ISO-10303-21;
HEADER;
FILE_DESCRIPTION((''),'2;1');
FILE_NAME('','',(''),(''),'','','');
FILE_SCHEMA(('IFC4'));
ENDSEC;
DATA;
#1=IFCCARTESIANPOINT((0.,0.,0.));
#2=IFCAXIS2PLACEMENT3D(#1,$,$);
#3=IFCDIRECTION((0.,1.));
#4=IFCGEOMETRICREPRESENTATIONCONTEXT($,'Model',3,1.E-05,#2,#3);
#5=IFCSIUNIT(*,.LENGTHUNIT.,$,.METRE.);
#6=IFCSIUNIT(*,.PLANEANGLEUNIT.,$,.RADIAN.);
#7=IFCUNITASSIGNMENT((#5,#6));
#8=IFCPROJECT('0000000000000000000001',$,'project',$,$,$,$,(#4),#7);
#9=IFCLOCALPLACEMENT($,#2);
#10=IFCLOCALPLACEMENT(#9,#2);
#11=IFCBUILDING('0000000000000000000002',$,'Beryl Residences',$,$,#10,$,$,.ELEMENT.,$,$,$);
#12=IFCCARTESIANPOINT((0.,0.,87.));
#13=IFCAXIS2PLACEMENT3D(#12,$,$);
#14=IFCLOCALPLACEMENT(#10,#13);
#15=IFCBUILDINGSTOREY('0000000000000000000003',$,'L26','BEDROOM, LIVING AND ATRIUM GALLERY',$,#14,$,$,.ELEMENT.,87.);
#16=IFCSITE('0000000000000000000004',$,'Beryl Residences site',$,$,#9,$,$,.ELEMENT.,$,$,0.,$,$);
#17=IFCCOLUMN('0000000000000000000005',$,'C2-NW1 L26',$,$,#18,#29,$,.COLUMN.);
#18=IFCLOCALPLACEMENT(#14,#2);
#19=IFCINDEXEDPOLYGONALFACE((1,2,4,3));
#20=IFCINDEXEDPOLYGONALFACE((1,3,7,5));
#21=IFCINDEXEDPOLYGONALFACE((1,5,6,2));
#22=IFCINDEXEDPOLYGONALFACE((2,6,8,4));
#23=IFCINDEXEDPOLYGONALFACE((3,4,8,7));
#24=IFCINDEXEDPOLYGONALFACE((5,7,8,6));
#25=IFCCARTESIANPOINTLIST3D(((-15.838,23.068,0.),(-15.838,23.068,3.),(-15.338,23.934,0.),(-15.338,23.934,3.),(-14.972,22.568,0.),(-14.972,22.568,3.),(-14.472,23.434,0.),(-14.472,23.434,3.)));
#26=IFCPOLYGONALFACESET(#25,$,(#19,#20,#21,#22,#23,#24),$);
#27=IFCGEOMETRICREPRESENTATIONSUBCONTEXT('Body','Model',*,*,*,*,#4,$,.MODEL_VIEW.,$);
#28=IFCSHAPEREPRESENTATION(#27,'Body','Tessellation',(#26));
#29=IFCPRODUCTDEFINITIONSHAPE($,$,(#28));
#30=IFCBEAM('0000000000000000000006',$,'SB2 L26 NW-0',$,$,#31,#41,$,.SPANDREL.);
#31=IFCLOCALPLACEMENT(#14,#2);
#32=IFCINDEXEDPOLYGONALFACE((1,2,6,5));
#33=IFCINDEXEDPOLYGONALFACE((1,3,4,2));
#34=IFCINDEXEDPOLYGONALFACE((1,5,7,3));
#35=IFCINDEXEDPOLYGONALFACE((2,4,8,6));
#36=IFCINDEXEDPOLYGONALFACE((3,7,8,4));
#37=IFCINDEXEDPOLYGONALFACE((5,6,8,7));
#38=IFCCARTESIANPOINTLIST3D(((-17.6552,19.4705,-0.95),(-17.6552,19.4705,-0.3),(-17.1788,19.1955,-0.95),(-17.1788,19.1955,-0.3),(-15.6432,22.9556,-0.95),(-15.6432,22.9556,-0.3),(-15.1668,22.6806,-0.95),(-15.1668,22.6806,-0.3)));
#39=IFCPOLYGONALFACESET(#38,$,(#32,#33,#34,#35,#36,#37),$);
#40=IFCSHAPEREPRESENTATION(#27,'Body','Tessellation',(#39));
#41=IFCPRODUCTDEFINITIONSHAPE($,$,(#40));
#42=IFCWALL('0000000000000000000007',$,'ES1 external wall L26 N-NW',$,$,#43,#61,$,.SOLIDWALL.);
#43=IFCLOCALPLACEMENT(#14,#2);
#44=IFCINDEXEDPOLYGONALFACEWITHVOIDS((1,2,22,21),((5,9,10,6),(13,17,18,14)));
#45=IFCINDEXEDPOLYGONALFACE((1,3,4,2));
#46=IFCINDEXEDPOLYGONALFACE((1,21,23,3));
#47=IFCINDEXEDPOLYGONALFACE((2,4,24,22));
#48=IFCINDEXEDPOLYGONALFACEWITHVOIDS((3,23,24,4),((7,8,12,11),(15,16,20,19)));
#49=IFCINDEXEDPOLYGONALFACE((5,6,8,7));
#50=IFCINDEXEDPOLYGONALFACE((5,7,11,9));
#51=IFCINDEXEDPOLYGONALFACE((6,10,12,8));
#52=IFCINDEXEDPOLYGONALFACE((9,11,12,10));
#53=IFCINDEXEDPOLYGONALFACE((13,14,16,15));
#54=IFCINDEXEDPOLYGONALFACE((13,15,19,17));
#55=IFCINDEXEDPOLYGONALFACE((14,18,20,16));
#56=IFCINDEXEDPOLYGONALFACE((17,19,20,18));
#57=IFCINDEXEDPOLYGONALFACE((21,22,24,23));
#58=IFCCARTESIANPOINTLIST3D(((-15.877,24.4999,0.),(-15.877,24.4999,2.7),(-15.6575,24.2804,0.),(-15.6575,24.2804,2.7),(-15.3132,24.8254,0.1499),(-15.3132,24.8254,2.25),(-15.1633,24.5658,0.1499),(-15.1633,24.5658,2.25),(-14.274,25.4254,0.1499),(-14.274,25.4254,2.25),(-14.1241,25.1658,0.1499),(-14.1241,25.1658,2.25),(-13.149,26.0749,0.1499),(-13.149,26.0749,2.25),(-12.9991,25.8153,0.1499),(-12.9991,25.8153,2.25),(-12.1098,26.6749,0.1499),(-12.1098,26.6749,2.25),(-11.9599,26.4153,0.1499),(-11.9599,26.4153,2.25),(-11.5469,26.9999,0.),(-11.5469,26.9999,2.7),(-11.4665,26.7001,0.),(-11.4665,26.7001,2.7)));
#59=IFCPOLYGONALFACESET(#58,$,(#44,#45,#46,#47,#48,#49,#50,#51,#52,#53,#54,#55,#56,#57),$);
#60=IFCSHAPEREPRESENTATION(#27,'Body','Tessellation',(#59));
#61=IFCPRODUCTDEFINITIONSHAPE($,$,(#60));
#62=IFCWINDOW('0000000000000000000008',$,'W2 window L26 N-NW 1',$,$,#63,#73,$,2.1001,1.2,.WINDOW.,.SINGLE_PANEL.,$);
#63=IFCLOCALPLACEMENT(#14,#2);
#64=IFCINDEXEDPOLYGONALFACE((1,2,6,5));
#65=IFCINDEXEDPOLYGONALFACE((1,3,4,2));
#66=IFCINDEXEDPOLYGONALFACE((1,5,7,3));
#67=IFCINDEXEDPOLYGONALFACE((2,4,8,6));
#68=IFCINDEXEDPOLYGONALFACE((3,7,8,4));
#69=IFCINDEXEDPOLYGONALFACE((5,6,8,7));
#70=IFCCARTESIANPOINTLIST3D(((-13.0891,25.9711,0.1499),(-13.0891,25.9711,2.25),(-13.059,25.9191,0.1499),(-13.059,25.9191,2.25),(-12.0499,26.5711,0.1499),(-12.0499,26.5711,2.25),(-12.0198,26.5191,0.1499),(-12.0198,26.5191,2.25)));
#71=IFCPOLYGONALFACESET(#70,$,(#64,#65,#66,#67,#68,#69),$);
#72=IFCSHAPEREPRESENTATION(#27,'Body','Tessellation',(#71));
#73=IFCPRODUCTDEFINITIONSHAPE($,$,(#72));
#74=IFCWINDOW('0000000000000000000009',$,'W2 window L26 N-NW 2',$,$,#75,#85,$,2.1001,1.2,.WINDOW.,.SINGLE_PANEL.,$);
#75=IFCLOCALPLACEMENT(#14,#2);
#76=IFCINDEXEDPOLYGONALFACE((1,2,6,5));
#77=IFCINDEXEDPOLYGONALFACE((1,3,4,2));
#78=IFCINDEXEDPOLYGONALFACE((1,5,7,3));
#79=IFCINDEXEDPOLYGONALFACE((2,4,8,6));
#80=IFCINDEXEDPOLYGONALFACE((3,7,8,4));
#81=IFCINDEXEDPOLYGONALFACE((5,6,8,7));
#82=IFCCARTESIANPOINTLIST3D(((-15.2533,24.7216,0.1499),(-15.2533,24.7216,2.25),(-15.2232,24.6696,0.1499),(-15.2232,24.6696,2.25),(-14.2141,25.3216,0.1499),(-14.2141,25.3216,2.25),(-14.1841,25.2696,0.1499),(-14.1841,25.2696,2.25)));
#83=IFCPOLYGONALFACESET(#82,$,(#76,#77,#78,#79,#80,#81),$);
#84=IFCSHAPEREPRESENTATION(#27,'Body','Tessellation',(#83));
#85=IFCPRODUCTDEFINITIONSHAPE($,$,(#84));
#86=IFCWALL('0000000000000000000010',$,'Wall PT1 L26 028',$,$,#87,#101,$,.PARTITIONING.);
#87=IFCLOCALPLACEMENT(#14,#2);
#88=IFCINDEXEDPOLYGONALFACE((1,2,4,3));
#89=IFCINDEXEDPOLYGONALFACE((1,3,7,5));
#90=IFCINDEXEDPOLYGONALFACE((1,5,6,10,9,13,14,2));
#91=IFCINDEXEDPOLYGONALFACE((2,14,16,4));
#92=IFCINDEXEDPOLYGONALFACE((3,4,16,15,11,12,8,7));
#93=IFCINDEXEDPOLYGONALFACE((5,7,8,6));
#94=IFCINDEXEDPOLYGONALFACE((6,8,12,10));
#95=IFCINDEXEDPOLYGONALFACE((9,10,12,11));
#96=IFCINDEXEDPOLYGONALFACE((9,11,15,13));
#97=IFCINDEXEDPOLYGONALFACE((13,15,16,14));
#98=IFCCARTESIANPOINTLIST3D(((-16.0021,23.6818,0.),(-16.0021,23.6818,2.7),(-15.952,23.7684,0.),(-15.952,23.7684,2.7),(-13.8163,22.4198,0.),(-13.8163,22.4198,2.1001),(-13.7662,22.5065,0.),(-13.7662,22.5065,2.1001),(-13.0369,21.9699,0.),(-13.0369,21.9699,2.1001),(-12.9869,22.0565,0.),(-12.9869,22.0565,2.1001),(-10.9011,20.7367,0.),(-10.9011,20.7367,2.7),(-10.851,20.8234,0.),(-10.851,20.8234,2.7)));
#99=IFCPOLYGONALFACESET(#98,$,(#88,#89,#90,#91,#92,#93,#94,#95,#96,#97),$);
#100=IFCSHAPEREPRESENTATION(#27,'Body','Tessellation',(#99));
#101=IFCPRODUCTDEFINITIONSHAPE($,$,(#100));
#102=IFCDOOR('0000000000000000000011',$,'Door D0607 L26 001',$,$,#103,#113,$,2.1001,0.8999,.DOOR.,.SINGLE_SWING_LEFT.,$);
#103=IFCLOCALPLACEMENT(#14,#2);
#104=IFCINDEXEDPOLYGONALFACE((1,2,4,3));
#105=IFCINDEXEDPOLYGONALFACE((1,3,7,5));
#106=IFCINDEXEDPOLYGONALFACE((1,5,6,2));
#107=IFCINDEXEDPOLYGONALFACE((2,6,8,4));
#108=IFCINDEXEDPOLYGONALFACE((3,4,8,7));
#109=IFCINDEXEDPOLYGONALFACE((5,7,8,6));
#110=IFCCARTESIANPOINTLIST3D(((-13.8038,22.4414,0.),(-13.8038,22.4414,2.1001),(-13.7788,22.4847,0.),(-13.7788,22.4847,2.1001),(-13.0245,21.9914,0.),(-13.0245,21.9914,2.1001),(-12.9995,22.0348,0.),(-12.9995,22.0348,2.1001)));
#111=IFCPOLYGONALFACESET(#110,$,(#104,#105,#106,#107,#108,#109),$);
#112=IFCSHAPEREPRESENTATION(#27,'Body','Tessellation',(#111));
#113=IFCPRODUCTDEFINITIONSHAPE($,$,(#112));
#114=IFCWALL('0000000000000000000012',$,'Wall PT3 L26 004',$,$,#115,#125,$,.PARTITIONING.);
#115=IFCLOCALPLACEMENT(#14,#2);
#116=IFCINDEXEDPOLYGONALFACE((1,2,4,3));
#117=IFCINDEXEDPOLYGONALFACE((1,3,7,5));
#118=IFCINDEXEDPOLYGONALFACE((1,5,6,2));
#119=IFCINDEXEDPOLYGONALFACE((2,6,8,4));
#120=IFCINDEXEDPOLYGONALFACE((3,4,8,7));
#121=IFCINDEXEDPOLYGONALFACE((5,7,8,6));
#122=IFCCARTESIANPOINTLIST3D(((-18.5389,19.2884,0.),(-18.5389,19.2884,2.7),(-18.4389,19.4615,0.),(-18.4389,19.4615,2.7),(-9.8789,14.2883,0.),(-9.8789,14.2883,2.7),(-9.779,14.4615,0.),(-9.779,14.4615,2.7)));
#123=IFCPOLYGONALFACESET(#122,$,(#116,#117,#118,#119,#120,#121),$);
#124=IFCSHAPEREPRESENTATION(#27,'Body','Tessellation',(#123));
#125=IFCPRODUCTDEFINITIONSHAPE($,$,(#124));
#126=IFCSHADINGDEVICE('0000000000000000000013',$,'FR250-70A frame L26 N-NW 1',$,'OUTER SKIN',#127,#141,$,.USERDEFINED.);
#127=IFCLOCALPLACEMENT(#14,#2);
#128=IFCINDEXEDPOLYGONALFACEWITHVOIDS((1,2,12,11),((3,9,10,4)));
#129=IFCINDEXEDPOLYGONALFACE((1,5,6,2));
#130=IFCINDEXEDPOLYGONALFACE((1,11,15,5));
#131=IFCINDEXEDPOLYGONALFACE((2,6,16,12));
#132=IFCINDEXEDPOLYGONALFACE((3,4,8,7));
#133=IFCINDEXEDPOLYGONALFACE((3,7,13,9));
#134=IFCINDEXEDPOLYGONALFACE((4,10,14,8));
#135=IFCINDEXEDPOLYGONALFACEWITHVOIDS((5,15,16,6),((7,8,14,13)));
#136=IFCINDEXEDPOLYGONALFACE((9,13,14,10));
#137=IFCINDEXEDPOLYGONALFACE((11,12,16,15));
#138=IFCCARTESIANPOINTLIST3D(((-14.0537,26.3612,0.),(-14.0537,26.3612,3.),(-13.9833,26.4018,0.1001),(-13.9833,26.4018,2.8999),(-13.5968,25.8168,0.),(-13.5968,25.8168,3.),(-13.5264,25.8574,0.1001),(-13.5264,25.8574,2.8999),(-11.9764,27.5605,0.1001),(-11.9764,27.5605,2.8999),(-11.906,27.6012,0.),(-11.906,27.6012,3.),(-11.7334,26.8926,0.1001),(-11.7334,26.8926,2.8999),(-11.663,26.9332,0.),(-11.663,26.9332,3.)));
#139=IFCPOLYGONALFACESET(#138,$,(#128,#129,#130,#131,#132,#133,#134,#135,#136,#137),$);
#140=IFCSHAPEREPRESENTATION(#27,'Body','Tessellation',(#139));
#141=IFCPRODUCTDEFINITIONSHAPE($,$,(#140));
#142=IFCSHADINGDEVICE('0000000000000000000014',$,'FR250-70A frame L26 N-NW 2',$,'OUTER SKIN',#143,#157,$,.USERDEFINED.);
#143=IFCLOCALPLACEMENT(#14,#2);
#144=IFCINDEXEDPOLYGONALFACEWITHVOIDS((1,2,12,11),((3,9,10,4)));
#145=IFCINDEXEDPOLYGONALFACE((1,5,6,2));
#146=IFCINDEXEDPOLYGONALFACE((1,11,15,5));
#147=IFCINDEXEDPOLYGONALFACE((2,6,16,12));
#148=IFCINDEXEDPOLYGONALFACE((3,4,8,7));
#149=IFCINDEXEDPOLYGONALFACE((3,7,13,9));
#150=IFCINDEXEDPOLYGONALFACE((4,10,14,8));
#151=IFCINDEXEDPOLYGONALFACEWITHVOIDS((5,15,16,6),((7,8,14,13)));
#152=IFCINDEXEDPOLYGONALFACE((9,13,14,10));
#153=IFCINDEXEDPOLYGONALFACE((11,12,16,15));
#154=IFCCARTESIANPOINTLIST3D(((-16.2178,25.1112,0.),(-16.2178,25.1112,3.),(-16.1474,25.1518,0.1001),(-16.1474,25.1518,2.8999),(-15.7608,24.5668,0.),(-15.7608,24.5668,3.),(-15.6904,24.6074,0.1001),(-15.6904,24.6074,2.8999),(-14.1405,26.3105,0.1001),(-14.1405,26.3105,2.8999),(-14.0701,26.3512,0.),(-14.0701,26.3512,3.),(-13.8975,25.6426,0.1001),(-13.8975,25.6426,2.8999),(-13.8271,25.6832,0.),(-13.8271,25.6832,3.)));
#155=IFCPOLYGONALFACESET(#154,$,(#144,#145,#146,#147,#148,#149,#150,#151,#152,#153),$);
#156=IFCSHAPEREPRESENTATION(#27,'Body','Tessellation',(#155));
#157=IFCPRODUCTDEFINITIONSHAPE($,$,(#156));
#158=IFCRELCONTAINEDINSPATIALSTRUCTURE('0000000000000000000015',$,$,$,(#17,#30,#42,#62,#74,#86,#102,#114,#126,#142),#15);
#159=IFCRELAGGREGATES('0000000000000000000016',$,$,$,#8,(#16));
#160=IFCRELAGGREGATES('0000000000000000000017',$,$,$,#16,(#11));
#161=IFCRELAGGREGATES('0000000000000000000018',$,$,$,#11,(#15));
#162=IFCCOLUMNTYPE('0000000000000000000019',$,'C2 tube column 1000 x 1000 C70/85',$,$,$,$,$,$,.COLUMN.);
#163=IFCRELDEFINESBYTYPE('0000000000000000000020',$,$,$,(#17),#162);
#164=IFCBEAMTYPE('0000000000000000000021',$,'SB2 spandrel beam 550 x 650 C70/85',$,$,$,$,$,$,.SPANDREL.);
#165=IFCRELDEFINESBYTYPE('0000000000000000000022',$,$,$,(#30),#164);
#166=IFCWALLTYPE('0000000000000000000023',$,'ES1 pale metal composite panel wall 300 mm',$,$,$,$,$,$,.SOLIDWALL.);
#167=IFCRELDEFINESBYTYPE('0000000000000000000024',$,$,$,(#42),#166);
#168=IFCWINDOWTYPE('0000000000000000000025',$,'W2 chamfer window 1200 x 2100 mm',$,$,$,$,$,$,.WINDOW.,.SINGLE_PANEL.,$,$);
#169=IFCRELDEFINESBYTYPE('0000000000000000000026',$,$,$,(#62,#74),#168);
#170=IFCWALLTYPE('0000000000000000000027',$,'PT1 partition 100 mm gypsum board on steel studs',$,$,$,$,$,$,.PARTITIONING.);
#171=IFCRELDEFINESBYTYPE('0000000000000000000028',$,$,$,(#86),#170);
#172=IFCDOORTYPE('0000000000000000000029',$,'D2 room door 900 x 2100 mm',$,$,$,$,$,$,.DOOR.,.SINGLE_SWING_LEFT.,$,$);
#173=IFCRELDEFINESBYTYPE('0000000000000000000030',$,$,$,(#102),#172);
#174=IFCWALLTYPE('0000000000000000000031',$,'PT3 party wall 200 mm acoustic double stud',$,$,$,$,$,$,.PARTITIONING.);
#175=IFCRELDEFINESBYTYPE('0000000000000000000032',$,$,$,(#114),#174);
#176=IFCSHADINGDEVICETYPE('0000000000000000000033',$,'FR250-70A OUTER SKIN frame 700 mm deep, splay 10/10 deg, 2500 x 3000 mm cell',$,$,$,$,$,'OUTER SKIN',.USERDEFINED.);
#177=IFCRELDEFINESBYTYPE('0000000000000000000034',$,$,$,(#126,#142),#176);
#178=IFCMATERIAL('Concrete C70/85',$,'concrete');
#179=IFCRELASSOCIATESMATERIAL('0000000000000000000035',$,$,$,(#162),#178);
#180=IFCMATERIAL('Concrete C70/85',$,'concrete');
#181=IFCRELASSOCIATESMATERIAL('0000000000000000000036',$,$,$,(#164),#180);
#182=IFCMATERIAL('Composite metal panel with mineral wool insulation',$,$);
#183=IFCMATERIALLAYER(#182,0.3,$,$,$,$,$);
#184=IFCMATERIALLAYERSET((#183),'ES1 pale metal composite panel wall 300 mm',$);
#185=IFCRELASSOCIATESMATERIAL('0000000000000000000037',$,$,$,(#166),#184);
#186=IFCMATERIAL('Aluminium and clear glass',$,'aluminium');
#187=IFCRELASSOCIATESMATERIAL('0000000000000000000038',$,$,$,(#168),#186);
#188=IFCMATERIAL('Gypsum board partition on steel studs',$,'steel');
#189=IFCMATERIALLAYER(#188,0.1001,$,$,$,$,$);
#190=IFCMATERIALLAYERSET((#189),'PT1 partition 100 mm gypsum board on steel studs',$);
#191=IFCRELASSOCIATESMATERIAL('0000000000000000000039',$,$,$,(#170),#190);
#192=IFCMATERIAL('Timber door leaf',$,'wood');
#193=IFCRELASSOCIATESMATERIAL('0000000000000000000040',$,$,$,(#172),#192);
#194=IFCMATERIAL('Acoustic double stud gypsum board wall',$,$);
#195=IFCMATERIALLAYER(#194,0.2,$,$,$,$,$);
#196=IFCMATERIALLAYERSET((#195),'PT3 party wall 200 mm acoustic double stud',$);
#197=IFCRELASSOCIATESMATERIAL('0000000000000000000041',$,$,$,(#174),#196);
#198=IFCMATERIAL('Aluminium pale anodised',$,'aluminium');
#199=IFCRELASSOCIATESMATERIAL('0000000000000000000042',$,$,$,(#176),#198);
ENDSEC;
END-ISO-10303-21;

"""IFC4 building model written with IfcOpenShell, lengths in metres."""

from ifc_helpers import new_model, entity, si_unit, direction, frame, frame_2d, origin, origin_2d, place, context, subcontext, project, spatial, polyline, rectangle, outline, extrude, source, transform, mapped, material, layer, layer_set, material_profile, profile_set, type_object, type_shapes, element, fill, save


model = new_model("IFC4")

# Units and contexts
model_context = context("Model", 3, precision=1e-05, world=origin(), true_north=direction((0.0, 1.0)))
body_context = subcontext(model_context, "Body", "Model", "MODEL_VIEW")
ifc_project = project(units=[si_unit("LENGTHUNIT", "METRE"), si_unit("PLANEANGLEUNIT", "RADIAN")], contexts=[model_context])

# Site, building, storey
site_placement = place(None, origin())
site = spatial("IfcSite", under=ifc_project, at=site_placement, Name="Beryl Residences site", CompositionType="ELEMENT", RefElevation=0.0)
building_placement = place(site_placement, origin())
building = spatial("IfcBuilding", under=site, at=building_placement, Name="Beryl Residences", CompositionType="ELEMENT")
storey_placement = place(building_placement, frame((0.0, 0.0, 87.0)))
storey = spatial("IfcBuildingStorey", under=building, at=storey_placement, Name="L26", Description="BEDROOM, LIVING AND ATRIUM GALLERY", CompositionType="ELEMENT", Elevation=87.0)

# Column
ifc_material_1 = material(Name="Concrete C70/85", Category="concrete")
ifc_material_profile_1 = material_profile(ifc_material_1, rectangle(XDim=1.0, YDim=1.0, at=origin_2d()))
ifc_profile_set_1 = profile_set([ifc_material_profile_1], Name="Concrete C70/85")
column_type = type_object("IfcColumnType", Name="C2 tube column 1000 x 1000 C70/85", PredefinedType="COLUMN", material=ifc_profile_set_1)
column_placement = place(storey_placement, frame((-15.155, 23.251, 0.0), z_axis=(0.0, 0.0, 1.0), x_axis=(-0.5, -0.866025, 0.0)))
element("IfcColumn", 1, at=column_placement, inside=storey, type_object=column_type, Name="C2-NW1 L26", PredefinedType="COLUMN", context=body_context, shape_type="SweptSolid", body=[
    extrude(rectangle(XDim=1.0, YDim=1.0, at=origin_2d()), origin(), (0.0, 0.0, 1.0), 3.0),
])

# Beam
ifc_material_2 = material(Name="Concrete C70/85", Category="concrete")
ifc_material_profile_2 = material_profile(ifc_material_2, rectangle(XDim=0.55, YDim=0.6499, at=origin_2d()))
ifc_profile_set_2 = profile_set([ifc_material_profile_2], Name="Concrete C70/85")
beam_type = type_object("IfcBeamType", Name="SB2 spandrel beam 550 x 650 C70/85", PredefinedType="SPANDREL", material=ifc_profile_set_2)
beam_placement = place(storey_placement, frame((-15.405, 22.8181, -0.625), z_axis=(-0.499969, -0.866043, 0.0), x_axis=(0.866043, -0.499969, 0.0)))
element("IfcBeam", 2, at=beam_placement, inside=storey, type_object=beam_type, Name="SB2 L26 NW-0", PredefinedType="SPANDREL", context=body_context, shape_type="SweptSolid", body=[
    extrude(rectangle(XDim=0.55, YDim=0.6499, at=origin_2d()), origin(), (0.0, 0.0, 1.0), 4.0242),
])

# Wall, openings, windows
ifc_material_3 = material(Name="Composite metal panel with mineral wool insulation")
ifc_layer_1 = layer(ifc_material_3, 0.3)
ifc_layer_set_1 = layer_set([ifc_layer_1], Name="ES1 pale metal composite panel wall 300 mm")
wall_type_1 = type_object("IfcWallType", Name="ES1 pale metal composite panel wall 300 mm", PredefinedType="SOLIDWALL", material=ifc_layer_set_1)
wall_1_placement = place(storey_placement, frame((-11.4719, 26.8701, 0.0), z_axis=(0.0, 0.0, 1.0), x_axis=(-0.866023, -0.500004, 0.0)))
wall_1 = element("IfcWall", 3, at=wall_1_placement, inside=storey, type_object=wall_type_1, Name="ES1 external wall L26 N-NW", PredefinedType="SOLIDWALL", context=body_context, shape_type="SweptSolid", body=[
    extrude(outline(polyline([(0.0, -0.1499), (5.0, -0.1499), (4.9197, 0.1499), (0.0803, 0.1499), (0.0, -0.1499)])), origin(), (0.0, 0.0, 1.0), 2.7),
])
opening_1_placement = place(wall_1_placement, frame((0.6499, 0.0, 0.1499)))
opening_1 = element("IfcOpeningElement", 4, at=opening_1_placement, cuts=wall_1, PredefinedType="OPENING", context=body_context, shape_type="SweptSolid", body=[
    extrude(rectangle(XDim=1.2, YDim=2.1001, at=frame_2d((0.6001, 1.05))), frame((0.0, 0.1599, 0.0), z_axis=(0.0, -1.0, 0.0), x_axis=(1.0, 0.0, 0.0)), (0.0, 0.0, 1.0), 0.3201),
])
opening_2_placement = place(wall_1_placement, frame((3.1489, 0.0, 0.1499)))
opening_2 = element("IfcOpeningElement", 5, at=opening_2_placement, cuts=wall_1, PredefinedType="OPENING", context=body_context, shape_type="SweptSolid", body=[
    extrude(rectangle(XDim=1.2, YDim=2.1001, at=frame_2d((0.6001, 1.05))), frame((0.0, 0.1599, 0.0), z_axis=(0.0, -1.0, 0.0), x_axis=(1.0, 0.0, 0.0)), (0.0, 0.0, 1.0), 0.3201),
])
ifc_material_4 = material(Name="Aluminium and clear glass", Category="aluminium")
window_type_1 = type_object("IfcWindowType", Name="W2 chamfer window 1200 x 2100 mm", PartitioningType="SINGLE_PANEL", PredefinedType="WINDOW", material=ifc_material_4)
window_1_placement = place(opening_1_placement, origin())
window_1 = element("IfcWindow", 6, at=window_1_placement, inside=storey, type_object=window_type_1, Name="W2 window L26 N-NW 1", OverallHeight=2.1001, OverallWidth=1.2, PartitioningType="SINGLE_PANEL", PredefinedType="WINDOW", context=body_context, shape_type="SweptSolid", body=[
    extrude(rectangle(XDim=1.2, YDim=2.1001, at=frame_2d((0.6001, 1.05))), frame((0.0, 0.03, 0.0), z_axis=(0.0, -1.0, 0.0), x_axis=(1.0, 0.0, 0.0)), (0.0, 0.0, 1.0), 0.0601),
])
fill(opening_1, window_1)
window_2_placement = place(opening_2_placement, origin())
window_2 = element("IfcWindow", 7, at=window_2_placement, inside=storey, type_object=window_type_1, Name="W2 window L26 N-NW 2", OverallHeight=2.1001, OverallWidth=1.2, PartitioningType="SINGLE_PANEL", PredefinedType="WINDOW", context=body_context, shape_type="SweptSolid", body=[
    extrude(rectangle(XDim=1.2, YDim=2.1001, at=frame_2d((0.6001, 1.05))), frame((0.0, 0.03, 0.0), z_axis=(0.0, -1.0, 0.0), x_axis=(1.0, 0.0, 0.0)), (0.0, 0.0, 1.0), 0.0601),
])
fill(opening_2, window_2)

# Wall, opening, door
ifc_material_5 = material(Name="Gypsum board partition on steel studs", Category="steel")
ifc_layer_2 = layer(ifc_material_5, 0.1001)
ifc_layer_set_2 = layer_set([ifc_layer_2], Name="PT1 partition 100 mm gypsum board on steel studs")
wall_type_2 = type_object("IfcWallType", Name="PT1 partition 100 mm gypsum board on steel studs", PredefinedType="PARTITIONING", material=ifc_layer_set_2)
wall_2_placement = place(storey_placement, frame((-15.9771, 23.7251, 0.0), z_axis=(0.0, 0.0, 1.0), x_axis=(0.866028, -0.499995, 0.0)))
wall_2 = element("IfcWall", 8, at=wall_2_placement, inside=storey, type_object=wall_type_2, Name="Wall PT1 L26 028", PredefinedType="PARTITIONING", context=body_context, shape_type="SweptSolid", body=[
    extrude(rectangle(XDim=5.8901, YDim=0.1001, at=frame_2d((2.9451, 0.0))), origin(), (0.0, 0.0, 1.0), 2.7),
])
opening_3_placement = place(wall_2_placement, frame((2.5239, 0.0, 0.0)))
opening_3 = element("IfcOpeningElement", 9, at=opening_3_placement, cuts=wall_2, PredefinedType="OPENING", context=body_context, shape_type="SweptSolid", body=[
    extrude(rectangle(XDim=0.8999, YDim=2.1001, at=frame_2d((0.45, 1.05))), frame((0.0, 0.0601, 0.0), z_axis=(0.0, -1.0, 0.0), x_axis=(1.0, 0.0, 0.0)), (0.0, 0.0, 1.0), 0.1201),
])
ifc_material_6 = material(Name="Timber door leaf", Category="wood")
door_type = type_object("IfcDoorType", Name="D2 room door 900 x 2100 mm", OperationType="SINGLE_SWING_LEFT", PredefinedType="DOOR", material=ifc_material_6)
door_placement = place(opening_3_placement, origin())
door = element("IfcDoor", 10, at=door_placement, inside=storey, type_object=door_type, Name="Door D0607 L26 001", OperationType="SINGLE_SWING_LEFT", OverallHeight=2.1001, OverallWidth=0.8999, PredefinedType="DOOR", context=body_context, shape_type="SweptSolid", body=[
    extrude(rectangle(XDim=0.8999, YDim=2.1001, at=frame_2d((0.45, 1.05))), frame((0.0, 0.0249, 0.0), z_axis=(0.0, -1.0, 0.0), x_axis=(1.0, 0.0, 0.0)), (0.0, 0.0, 1.0), 0.05),
])
fill(opening_3, door)

# Wall
ifc_material_7 = material(Name="Acoustic double stud gypsum board wall")
ifc_layer_3 = layer(ifc_material_7, 0.2)
ifc_layer_set_3 = layer_set([ifc_layer_3], Name="PT3 party wall 200 mm acoustic double stud")
wall_type_3 = type_object("IfcWallType", Name="PT3 party wall 200 mm acoustic double stud", PredefinedType="PARTITIONING", material=ifc_layer_set_3)
wall_3_placement = place(storey_placement, frame((-18.489, 19.375, 0.0), z_axis=(0.0, 0.0, 1.0), x_axis=(0.866017, -0.500015, 0.0)))
element("IfcWall", 11, at=wall_3_placement, inside=storey, type_object=wall_type_3, Name="Wall PT3 L26 004", PredefinedType="PARTITIONING", context=body_context, shape_type="SweptSolid", body=[
    extrude(rectangle(XDim=9.9998, YDim=0.2, at=frame_2d((5.0, 0.0))), origin(), (0.0, 0.0, 1.0), 2.7),
])

# Shading devices
ifc_material_8 = material(Name="Aluminium pale anodised", Category="aluminium")
shading_device_type_1 = type_object("IfcShadingDeviceType", Name="FR250-70A OUTER SKIN frame 700 mm deep, splay 10/10 deg, 2500 x 3000 mm cell", ElementType="OUTER SKIN", PredefinedType="USERDEFINED", material=ifc_material_8)
cartesian_point_1 = entity("IfcCartesianPoint", [-1.1165, 0.0])
cartesian_point_2 = entity("IfcCartesianPoint", [-1.0352, 0.1001])
cartesian_point_3 = entity("IfcCartesianPoint", [-1.24, 0.0])
cartesian_point_4 = entity("IfcCartesianPoint", [-1.1587, 0.1001])
shared_shape_1 = source(origin(), body_context, "Body", "SweptSolid", [
    entity("IfcExtrudedAreaSolidTapered", entity("IfcArbitraryProfileDefWithVoids", "AREA", None, entity("IfcPolyline", [cartesian_point_1, entity("IfcCartesianPoint", [1.1165, 0.0]), entity("IfcCartesianPoint", [1.1165, 3.0]), entity("IfcCartesianPoint", [-1.1165, 3.0]), cartesian_point_1]), [entity("IfcPolyline", [cartesian_point_2, entity("IfcCartesianPoint", [1.0352, 0.1001]), entity("IfcCartesianPoint", [1.0352, 2.8999]), entity("IfcCartesianPoint", [-1.0352, 2.8999]), cartesian_point_2])]), entity("IfcAxis2Placement3D", entity("IfcCartesianPoint", [0.0, 0.0, 0.0]), entity("IfcDirection", [0.0, 1.0, 0.0]), entity("IfcDirection", [-1.0, 0.0, 0.0])), entity("IfcDirection", [0.0, 0.0, 1.0]), 0.7, entity("IfcArbitraryProfileDefWithVoids", "AREA", None, entity("IfcPolyline", [cartesian_point_3, entity("IfcCartesianPoint", [1.24, 0.0]), entity("IfcCartesianPoint", [1.24, 3.0]), entity("IfcCartesianPoint", [-1.24, 3.0]), cartesian_point_3]), [entity("IfcPolyline", [cartesian_point_4, entity("IfcCartesianPoint", [1.1587, 0.1001]), entity("IfcCartesianPoint", [1.1587, 2.8999]), entity("IfcCartesianPoint", [-1.1587, 2.8999]), cartesian_point_4])])),
])
type_shapes(shading_device_type_1, [shared_shape_1])
for number, where, z_axis, x_axis, name in (
    (12, (-12.6299, 26.375, 0.0), (0.0, 0.0, 1.0), (0.866025, 0.5, 0.0), "FR250-70A frame L26 N-NW 1"),
    (13, (-14.7939, 25.125, 0.0), (0.0, 0.0, 1.0), (0.866025, 0.5, 0.0), "FR250-70A frame L26 N-NW 2"),
):
    element("IfcShadingDevice", number, at=place(storey_placement, frame(where, z_axis=z_axis, x_axis=x_axis)), inside=storey, type_object=shading_device_type_1, Name=name, ObjectType="OUTER SKIN", PredefinedType="USERDEFINED", context=body_context, shape_type="MappedRepresentation", body=[
        mapped(shared_shape_1, transform((0.0, 0.0, 0.0))),
    ])

save(model, "model.ifc")
